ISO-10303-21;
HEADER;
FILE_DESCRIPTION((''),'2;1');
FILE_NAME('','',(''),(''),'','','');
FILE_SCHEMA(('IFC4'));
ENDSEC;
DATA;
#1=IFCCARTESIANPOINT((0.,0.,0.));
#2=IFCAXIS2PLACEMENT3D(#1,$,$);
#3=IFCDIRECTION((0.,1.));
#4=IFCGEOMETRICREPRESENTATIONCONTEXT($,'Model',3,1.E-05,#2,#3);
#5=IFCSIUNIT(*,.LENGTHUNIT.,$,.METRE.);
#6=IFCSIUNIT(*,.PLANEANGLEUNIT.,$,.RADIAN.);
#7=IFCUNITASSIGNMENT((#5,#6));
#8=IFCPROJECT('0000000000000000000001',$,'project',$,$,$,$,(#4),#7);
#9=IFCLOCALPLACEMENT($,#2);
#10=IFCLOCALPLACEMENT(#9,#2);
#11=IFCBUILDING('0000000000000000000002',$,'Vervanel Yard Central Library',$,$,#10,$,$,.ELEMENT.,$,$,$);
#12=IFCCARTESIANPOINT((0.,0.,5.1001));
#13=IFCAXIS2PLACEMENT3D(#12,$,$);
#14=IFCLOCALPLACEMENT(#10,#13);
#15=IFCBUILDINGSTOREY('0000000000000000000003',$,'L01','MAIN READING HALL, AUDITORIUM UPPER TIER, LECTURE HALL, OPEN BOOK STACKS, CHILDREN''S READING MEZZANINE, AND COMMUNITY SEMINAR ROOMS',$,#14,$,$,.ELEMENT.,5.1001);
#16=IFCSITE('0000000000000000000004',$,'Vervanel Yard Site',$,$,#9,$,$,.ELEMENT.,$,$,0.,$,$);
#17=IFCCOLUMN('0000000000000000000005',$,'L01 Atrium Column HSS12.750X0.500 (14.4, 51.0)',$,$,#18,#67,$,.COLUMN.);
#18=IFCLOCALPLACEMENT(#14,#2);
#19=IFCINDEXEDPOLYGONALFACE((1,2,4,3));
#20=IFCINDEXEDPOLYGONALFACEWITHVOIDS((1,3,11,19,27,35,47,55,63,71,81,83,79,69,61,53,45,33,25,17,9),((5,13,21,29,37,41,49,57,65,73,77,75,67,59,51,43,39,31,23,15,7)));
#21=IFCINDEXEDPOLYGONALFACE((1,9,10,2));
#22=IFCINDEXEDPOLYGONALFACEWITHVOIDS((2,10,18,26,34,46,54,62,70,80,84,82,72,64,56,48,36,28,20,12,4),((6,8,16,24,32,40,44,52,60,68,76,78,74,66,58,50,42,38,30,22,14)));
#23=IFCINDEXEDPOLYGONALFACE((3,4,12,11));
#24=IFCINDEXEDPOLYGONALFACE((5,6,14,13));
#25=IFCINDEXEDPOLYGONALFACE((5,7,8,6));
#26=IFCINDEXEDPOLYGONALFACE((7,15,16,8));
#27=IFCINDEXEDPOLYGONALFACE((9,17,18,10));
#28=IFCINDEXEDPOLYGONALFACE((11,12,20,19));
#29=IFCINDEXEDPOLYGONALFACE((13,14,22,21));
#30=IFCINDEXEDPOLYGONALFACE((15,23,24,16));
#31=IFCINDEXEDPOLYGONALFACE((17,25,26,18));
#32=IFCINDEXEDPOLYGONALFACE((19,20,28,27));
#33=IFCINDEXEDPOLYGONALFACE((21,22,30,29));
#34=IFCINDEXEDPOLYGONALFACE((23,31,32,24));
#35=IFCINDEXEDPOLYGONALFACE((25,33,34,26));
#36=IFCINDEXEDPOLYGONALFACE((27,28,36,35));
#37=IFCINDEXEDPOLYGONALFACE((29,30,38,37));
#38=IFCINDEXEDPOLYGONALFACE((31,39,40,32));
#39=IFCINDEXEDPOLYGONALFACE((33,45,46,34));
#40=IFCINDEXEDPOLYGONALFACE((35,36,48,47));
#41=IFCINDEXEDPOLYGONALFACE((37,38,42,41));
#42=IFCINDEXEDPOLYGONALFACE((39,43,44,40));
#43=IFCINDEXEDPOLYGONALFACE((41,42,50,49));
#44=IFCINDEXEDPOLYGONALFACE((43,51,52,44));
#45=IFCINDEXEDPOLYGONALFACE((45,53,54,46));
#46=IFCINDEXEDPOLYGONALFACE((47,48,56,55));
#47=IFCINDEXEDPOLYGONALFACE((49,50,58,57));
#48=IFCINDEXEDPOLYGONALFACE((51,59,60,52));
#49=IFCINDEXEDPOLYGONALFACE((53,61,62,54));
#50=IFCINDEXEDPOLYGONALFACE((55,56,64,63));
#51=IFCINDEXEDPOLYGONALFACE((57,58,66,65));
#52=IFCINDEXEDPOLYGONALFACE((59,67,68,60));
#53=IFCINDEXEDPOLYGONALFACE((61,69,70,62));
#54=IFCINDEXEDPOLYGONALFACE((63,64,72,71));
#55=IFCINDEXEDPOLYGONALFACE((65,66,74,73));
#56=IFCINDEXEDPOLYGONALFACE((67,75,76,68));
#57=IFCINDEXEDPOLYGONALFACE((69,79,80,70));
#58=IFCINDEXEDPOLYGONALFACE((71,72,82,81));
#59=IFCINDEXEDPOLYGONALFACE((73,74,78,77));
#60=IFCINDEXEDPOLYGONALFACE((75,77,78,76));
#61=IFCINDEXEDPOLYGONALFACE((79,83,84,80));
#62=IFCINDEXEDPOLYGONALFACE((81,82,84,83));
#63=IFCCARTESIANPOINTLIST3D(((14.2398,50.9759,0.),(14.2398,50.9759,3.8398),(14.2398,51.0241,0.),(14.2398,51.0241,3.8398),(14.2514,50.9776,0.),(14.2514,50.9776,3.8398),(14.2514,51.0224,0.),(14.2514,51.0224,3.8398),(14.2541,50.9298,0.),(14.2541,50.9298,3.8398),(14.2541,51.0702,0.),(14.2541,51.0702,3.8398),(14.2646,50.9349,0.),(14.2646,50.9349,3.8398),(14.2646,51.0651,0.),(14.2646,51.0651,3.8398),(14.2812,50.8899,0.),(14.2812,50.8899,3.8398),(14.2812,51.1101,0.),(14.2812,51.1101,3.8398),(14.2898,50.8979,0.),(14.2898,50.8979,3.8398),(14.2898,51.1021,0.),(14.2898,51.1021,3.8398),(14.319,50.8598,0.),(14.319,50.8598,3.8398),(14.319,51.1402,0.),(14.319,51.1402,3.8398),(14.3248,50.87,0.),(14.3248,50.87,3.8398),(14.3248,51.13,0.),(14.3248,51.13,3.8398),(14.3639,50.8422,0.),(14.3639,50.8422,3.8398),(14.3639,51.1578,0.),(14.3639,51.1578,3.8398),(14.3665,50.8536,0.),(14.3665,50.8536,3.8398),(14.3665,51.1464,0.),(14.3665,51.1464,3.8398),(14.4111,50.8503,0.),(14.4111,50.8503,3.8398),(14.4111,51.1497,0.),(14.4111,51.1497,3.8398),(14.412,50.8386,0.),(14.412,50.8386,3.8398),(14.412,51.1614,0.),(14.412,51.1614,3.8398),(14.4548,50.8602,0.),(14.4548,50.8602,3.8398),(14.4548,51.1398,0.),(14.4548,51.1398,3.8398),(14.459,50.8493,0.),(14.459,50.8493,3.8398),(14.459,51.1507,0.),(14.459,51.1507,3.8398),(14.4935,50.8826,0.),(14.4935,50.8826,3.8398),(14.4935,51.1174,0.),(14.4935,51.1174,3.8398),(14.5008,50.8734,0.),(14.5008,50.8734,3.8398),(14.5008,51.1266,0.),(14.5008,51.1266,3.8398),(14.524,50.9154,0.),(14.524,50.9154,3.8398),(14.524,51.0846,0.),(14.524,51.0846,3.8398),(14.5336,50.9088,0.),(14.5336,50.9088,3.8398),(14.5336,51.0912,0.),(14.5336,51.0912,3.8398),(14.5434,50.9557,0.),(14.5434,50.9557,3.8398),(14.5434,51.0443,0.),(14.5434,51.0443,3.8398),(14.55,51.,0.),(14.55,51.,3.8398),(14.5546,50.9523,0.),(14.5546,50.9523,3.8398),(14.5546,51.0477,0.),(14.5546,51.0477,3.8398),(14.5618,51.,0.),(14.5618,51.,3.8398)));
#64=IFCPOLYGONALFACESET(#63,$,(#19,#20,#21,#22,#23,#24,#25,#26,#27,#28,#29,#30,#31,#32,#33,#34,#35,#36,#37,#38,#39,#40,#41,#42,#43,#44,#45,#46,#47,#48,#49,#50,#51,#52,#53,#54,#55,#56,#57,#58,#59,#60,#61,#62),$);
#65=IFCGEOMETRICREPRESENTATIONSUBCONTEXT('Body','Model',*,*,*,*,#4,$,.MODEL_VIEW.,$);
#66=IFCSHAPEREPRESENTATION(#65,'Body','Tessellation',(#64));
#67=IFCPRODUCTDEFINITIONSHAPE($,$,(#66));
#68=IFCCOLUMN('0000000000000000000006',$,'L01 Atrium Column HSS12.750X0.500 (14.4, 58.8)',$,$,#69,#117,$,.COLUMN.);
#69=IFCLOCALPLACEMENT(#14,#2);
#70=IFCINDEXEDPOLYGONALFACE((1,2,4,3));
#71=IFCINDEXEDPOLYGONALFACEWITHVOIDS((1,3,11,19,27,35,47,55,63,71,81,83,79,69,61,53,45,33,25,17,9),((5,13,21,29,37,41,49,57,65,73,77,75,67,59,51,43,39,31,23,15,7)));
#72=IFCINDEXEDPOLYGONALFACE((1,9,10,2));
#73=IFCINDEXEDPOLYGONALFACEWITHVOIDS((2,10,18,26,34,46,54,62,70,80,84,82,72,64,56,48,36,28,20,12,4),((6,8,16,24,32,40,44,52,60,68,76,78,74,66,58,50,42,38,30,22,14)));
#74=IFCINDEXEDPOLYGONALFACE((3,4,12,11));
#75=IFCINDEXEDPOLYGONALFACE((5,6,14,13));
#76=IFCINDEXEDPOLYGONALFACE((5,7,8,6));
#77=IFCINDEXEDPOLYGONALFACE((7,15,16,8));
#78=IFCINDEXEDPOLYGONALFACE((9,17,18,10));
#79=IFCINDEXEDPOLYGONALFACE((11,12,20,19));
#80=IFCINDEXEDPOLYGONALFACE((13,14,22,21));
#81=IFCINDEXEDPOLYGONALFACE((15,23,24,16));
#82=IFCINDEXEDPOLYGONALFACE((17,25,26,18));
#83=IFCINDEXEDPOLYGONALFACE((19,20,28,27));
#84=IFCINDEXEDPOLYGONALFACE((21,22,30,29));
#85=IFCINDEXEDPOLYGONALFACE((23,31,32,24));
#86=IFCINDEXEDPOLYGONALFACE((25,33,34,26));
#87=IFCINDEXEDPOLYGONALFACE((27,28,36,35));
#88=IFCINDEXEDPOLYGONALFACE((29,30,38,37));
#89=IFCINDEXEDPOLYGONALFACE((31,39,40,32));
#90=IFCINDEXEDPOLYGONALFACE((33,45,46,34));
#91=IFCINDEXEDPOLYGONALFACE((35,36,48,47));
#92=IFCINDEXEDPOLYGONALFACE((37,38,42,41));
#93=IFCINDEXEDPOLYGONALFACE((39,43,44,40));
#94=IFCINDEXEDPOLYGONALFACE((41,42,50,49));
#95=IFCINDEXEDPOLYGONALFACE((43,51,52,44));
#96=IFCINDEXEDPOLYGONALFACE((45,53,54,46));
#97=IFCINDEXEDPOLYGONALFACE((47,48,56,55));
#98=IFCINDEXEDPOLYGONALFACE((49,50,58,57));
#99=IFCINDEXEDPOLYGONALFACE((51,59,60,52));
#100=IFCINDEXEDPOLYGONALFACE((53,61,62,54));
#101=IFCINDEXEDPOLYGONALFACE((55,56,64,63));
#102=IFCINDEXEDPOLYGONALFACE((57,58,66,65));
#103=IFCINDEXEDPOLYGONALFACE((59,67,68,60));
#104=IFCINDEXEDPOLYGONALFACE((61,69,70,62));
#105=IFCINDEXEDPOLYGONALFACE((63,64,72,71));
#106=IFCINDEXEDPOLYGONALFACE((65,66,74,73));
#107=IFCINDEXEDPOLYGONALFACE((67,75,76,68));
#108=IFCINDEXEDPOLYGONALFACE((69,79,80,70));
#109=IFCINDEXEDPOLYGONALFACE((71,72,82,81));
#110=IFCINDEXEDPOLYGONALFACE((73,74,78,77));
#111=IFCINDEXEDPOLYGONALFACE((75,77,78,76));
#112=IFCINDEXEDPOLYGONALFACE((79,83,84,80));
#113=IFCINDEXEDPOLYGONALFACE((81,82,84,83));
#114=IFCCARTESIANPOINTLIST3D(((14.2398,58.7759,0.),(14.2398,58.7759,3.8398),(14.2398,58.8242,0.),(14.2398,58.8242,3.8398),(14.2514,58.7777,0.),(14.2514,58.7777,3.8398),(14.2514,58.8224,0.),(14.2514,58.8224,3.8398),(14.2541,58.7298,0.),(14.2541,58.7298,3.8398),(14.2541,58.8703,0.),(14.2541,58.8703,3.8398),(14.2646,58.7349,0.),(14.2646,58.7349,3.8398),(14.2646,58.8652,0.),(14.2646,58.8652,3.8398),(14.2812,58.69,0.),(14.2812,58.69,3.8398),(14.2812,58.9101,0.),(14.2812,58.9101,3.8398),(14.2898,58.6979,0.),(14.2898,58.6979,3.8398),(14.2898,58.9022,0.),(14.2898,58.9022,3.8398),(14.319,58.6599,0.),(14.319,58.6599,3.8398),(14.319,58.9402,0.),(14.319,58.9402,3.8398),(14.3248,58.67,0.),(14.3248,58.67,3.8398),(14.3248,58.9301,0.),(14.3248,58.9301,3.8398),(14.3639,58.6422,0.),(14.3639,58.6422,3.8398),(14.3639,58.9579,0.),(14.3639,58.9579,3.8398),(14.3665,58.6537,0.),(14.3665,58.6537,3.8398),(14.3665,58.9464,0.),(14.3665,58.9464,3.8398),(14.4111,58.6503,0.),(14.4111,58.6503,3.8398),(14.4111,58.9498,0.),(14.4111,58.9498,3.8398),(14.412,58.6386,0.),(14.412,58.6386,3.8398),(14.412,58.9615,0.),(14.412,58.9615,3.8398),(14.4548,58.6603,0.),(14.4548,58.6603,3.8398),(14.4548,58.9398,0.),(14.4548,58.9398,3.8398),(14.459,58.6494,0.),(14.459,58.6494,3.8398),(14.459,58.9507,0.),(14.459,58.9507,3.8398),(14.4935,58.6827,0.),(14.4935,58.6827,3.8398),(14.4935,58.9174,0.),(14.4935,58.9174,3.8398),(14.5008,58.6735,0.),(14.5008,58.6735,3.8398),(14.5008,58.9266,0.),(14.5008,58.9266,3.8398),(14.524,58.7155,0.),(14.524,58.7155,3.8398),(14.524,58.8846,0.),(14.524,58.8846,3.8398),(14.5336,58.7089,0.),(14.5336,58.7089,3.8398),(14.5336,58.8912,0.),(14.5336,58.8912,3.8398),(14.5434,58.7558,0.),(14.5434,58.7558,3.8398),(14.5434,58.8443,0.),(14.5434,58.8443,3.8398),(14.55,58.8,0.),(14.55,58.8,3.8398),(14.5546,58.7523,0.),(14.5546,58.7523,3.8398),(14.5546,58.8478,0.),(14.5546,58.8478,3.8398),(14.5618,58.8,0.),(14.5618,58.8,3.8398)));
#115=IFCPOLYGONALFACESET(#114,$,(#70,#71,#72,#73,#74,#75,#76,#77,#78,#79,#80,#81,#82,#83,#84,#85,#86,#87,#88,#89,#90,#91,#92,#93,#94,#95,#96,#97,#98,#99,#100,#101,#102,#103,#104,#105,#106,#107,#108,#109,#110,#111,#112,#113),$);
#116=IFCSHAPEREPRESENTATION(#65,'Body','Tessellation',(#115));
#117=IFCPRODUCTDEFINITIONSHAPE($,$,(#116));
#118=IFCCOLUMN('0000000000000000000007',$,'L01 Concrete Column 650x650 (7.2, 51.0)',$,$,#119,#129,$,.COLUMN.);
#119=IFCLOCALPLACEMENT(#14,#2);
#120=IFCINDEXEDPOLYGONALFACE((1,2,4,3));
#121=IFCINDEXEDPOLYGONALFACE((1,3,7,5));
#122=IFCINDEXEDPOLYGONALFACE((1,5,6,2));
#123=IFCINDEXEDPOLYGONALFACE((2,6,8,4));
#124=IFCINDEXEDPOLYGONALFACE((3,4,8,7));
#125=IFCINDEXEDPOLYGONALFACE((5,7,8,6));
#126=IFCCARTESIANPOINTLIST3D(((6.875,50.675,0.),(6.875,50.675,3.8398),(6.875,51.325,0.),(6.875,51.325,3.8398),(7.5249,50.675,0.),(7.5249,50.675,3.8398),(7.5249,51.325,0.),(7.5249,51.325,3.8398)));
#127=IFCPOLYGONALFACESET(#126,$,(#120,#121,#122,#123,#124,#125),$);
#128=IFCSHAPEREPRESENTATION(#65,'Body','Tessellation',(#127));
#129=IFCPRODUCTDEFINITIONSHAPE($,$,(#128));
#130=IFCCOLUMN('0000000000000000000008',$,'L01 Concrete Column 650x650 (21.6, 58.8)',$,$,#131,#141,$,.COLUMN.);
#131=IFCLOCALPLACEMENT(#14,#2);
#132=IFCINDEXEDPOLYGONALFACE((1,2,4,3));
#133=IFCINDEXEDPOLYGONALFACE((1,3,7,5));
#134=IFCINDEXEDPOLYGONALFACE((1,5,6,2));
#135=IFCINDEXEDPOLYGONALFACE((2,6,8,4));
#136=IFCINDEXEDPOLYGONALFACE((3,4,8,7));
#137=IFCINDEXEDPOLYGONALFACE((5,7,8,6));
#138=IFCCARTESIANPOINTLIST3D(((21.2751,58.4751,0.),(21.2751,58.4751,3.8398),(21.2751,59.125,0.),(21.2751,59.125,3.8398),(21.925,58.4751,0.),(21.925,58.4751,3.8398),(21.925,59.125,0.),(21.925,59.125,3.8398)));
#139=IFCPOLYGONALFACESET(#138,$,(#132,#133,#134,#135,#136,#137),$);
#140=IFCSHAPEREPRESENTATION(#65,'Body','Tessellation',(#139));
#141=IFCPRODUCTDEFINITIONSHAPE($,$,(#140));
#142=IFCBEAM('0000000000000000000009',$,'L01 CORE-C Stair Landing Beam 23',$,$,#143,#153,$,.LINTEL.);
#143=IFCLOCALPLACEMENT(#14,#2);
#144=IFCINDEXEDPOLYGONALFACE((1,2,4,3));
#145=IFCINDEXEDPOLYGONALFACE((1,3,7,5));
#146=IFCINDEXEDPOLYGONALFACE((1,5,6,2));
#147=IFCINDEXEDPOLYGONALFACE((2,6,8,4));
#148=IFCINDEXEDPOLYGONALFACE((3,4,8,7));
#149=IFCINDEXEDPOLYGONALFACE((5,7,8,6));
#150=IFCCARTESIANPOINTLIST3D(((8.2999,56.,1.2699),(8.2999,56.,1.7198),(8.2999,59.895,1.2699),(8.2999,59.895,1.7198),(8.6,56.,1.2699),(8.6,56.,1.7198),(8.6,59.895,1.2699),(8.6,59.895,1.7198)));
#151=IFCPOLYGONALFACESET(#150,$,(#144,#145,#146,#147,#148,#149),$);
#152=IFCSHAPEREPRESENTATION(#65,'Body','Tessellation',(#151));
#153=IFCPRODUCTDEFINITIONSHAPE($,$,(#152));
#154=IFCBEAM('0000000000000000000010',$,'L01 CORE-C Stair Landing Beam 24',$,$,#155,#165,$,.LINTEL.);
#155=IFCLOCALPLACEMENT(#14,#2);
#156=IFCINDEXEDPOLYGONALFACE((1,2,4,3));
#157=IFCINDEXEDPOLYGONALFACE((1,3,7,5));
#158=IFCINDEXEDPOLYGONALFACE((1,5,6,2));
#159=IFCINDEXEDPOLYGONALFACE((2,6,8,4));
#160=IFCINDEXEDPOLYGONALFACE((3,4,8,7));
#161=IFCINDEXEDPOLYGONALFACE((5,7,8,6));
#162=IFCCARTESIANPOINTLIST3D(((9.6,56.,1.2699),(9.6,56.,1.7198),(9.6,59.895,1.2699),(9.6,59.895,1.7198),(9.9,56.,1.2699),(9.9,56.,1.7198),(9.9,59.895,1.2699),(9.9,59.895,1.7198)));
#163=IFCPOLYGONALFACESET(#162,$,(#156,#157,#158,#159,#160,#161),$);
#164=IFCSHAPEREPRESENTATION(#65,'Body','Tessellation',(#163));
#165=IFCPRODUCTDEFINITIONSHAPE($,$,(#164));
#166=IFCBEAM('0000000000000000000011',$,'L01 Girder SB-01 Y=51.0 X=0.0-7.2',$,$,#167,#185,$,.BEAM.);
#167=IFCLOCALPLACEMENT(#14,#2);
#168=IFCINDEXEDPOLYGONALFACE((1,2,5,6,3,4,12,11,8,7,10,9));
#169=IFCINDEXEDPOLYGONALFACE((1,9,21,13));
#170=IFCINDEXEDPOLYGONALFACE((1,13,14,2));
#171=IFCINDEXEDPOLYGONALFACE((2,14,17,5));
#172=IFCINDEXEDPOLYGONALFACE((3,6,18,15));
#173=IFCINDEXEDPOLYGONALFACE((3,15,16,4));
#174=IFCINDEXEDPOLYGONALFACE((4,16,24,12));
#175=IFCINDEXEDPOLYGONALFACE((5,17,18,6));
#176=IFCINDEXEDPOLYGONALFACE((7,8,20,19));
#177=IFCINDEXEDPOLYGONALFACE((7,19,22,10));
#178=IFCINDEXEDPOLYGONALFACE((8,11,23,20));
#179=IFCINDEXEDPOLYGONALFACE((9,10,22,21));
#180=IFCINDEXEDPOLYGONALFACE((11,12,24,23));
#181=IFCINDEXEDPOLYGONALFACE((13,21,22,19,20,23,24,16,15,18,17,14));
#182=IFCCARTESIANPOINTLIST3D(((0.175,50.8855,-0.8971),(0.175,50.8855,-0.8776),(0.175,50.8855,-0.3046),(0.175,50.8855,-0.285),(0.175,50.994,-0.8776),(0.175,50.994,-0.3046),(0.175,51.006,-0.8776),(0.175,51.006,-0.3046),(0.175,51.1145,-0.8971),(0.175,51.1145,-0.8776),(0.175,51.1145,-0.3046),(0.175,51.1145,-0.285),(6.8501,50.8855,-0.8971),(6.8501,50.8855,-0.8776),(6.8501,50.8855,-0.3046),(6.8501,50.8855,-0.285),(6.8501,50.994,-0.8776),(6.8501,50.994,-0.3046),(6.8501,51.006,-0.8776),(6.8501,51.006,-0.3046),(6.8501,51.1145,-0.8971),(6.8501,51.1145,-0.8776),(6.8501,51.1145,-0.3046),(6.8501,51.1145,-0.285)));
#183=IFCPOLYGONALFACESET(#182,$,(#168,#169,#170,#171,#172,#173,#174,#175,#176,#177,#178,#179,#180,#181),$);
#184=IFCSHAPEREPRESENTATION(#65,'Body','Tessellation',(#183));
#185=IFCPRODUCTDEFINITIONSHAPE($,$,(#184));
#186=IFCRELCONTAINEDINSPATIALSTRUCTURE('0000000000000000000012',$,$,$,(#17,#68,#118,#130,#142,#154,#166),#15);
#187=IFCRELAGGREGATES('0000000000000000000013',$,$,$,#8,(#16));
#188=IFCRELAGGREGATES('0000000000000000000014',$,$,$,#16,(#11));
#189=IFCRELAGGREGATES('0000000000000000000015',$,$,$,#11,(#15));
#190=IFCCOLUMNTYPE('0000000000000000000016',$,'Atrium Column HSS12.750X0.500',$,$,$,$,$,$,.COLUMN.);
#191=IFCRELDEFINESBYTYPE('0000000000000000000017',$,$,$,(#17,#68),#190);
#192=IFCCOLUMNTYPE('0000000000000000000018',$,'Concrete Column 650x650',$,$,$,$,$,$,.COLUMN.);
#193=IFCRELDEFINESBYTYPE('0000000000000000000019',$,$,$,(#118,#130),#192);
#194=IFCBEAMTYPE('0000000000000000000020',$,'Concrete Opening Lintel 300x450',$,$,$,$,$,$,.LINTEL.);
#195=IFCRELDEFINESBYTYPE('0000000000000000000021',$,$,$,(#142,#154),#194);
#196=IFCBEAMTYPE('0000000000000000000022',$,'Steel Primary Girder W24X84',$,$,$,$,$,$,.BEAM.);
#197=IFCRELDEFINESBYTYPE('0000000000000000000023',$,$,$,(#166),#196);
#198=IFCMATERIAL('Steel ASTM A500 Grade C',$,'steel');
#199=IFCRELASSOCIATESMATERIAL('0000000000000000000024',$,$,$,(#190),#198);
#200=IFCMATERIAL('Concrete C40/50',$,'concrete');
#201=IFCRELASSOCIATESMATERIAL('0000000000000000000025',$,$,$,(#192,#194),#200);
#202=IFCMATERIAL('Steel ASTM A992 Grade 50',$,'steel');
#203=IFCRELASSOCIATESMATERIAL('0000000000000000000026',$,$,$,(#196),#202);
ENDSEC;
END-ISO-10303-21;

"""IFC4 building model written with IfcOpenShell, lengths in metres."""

from ifc_helpers import new_model, si_unit, direction, frame, origin, origin_2d, place, context, subcontext, project, spatial, rectangle, hollow_circle, i_section, extrude, material, material_profile, profile_set, type_object, element, save


model = new_model("IFC4")

# Units and contexts
model_context = context("Model", 3, precision=1e-05, world=origin(), true_north=direction((0.0, 1.0)))
body_context = subcontext(model_context, "Body", "Model", "MODEL_VIEW")
ifc_project = project(units=[si_unit("LENGTHUNIT", "METRE"), si_unit("PLANEANGLEUNIT", "RADIAN")], contexts=[model_context])

# Site, building, storey
site_placement = place(None, origin())
site = spatial("IfcSite", under=ifc_project, at=site_placement, Name="Vervanel Yard Site", CompositionType="ELEMENT", RefElevation=0.0)
building_placement = place(site_placement, origin())
building = spatial("IfcBuilding", under=site, at=building_placement, Name="Vervanel Yard Central Library", CompositionType="ELEMENT")
storey_placement = place(building_placement, frame((0.0, 0.0, 5.1001)))
storey = spatial("IfcBuildingStorey", under=building, at=storey_placement, Name="L01", Description="MAIN READING HALL, AUDITORIUM UPPER TIER, LECTURE HALL, OPEN BOOK STACKS, CHILDREN'S READING MEZZANINE, AND COMMUNITY SEMINAR ROOMS", CompositionType="ELEMENT", Elevation=5.1001)

# Columns
ifc_material_1 = material(Name="Steel ASTM A500 Grade C", Category="steel")
ifc_material_profile_1 = material_profile(ifc_material_1, hollow_circle(Radius=0.1619, WallThickness=0.0117, at=origin_2d()), Name="HSS12.750X0.500", Category="steel")
ifc_profile_set_1 = profile_set([ifc_material_profile_1], Name="Steel ASTM A500 Grade C")
column_type_1 = type_object("IfcColumnType", Name="Atrium Column HSS12.750X0.500", PredefinedType="COLUMN", material=ifc_profile_set_1)
for number, where, z_axis, x_axis, name in (
    (1, (14.3999, 51.0, 0.0), (0.0, 0.0, 1.0), (1.0, 0.0, 0.0), "L01 Atrium Column HSS12.750X0.500 (14.4, 51.0)"),
    (2, (14.3999, 58.8, 0.0), (0.0, 0.0, 1.0), (1.0, 0.0, 0.0), "L01 Atrium Column HSS12.750X0.500 (14.4, 58.8)"),
):
    element("IfcColumn", number, at=place(storey_placement, frame(where, z_axis=z_axis, x_axis=x_axis)), inside=storey, type_object=column_type_1, Name=name, PredefinedType="COLUMN", context=body_context, shape_type="SweptSolid", body=[
        extrude(hollow_circle(Radius=0.1619, WallThickness=0.0117, at=origin_2d()), origin(), (0.0, 0.0, 1.0), 3.8398),
    ])
ifc_material_2 = material(Name="Concrete C40/50", Category="concrete")
ifc_material_profile_2 = material_profile(ifc_material_2, rectangle(XDim=0.6499, YDim=0.6499, at=origin_2d()), Name="RC 650x650", Category="concrete")
ifc_profile_set_2 = profile_set([ifc_material_profile_2], Name="Concrete C40/50")
column_type_2 = type_object("IfcColumnType", Name="Concrete Column 650x650", PredefinedType="COLUMN", material=ifc_profile_set_2)
for number, where, z_axis, x_axis, name in (
    (3, (7.2, 51.0, 0.0), (0.0, 0.0, 1.0), (1.0, 0.0, 0.0), "L01 Concrete Column 650x650 (7.2, 51.0)"),
    (4, (21.6001, 58.8, 0.0), (0.0, 0.0, 1.0), (1.0, 0.0, 0.0), "L01 Concrete Column 650x650 (21.6, 58.8)"),
):
    element("IfcColumn", number, at=place(storey_placement, frame(where, z_axis=z_axis, x_axis=x_axis)), inside=storey, type_object=column_type_2, Name=name, PredefinedType="COLUMN", context=body_context, shape_type="SweptSolid", body=[
        extrude(rectangle(XDim=0.6499, YDim=0.6499, at=origin_2d()), origin(), (0.0, 0.0, 1.0), 3.8398),
    ])

# Beams
ifc_material_profile_3 = material_profile(ifc_material_2, rectangle(XDim=0.3, YDim=0.45, at=origin_2d()), Name="RC 300x450", Category="concrete")
ifc_profile_set_3 = profile_set([ifc_material_profile_3], Name="Concrete C40/50")
beam_type_1 = type_object("IfcBeamType", Name="Concrete Opening Lintel 300x450", PredefinedType="LINTEL", material=ifc_profile_set_3)
for number, where, z_axis, x_axis, name in (
    (5, (8.45, 56.0, 1.4949), (0.0, 1.0, 0.0), (-1.0, 0.0, 0.0), "L01 CORE-C Stair Landing Beam 23"),
    (6, (9.75, 56.0, 1.4949), (0.0, 1.0, 0.0), (-1.0, 0.0, 0.0), "L01 CORE-C Stair Landing Beam 24"),
):
    element("IfcBeam", number, at=place(storey_placement, frame(where, z_axis=z_axis, x_axis=x_axis)), inside=storey, type_object=beam_type_1, Name=name, PredefinedType="LINTEL", context=body_context, shape_type="SweptSolid", body=[
        extrude(rectangle(XDim=0.3, YDim=0.45, at=origin_2d()), origin(), (0.0, 0.0, 1.0), 3.895),
    ])
ifc_material_3 = material(Name="Steel ASTM A992 Grade 50", Category="steel")
ifc_material_profile_4 = material_profile(ifc_material_3, i_section(OverallWidth=0.229, OverallDepth=0.6121, WebThickness=0.012, FlangeThickness=0.0195, at=origin_2d()), Name="W24X84", Category="steel")
ifc_profile_set_4 = profile_set([ifc_material_profile_4], Name="Steel ASTM A992 Grade 50")
beam_type_2 = type_object("IfcBeamType", Name="Steel Primary Girder W24X84", PredefinedType="BEAM", material=ifc_profile_set_4)
beam_1_placement = place(storey_placement, frame((0.175, 51.0, -0.5911), z_axis=(1.0, 0.0, 0.0), x_axis=(0.0, 1.0, 0.0)))
element("IfcBeam", 7, at=beam_1_placement, inside=storey, type_object=beam_type_2, Name="L01 Girder SB-01 Y=51.0 X=0.0-7.2", PredefinedType="BEAM", context=body_context, shape_type="SweptSolid", body=[
    extrude(i_section(OverallWidth=0.229, OverallDepth=0.6121, WebThickness=0.012, FlangeThickness=0.0195, at=origin_2d()), origin(), (0.0, 0.0, 1.0), 6.675),
])

save(model, "model.ifc")
